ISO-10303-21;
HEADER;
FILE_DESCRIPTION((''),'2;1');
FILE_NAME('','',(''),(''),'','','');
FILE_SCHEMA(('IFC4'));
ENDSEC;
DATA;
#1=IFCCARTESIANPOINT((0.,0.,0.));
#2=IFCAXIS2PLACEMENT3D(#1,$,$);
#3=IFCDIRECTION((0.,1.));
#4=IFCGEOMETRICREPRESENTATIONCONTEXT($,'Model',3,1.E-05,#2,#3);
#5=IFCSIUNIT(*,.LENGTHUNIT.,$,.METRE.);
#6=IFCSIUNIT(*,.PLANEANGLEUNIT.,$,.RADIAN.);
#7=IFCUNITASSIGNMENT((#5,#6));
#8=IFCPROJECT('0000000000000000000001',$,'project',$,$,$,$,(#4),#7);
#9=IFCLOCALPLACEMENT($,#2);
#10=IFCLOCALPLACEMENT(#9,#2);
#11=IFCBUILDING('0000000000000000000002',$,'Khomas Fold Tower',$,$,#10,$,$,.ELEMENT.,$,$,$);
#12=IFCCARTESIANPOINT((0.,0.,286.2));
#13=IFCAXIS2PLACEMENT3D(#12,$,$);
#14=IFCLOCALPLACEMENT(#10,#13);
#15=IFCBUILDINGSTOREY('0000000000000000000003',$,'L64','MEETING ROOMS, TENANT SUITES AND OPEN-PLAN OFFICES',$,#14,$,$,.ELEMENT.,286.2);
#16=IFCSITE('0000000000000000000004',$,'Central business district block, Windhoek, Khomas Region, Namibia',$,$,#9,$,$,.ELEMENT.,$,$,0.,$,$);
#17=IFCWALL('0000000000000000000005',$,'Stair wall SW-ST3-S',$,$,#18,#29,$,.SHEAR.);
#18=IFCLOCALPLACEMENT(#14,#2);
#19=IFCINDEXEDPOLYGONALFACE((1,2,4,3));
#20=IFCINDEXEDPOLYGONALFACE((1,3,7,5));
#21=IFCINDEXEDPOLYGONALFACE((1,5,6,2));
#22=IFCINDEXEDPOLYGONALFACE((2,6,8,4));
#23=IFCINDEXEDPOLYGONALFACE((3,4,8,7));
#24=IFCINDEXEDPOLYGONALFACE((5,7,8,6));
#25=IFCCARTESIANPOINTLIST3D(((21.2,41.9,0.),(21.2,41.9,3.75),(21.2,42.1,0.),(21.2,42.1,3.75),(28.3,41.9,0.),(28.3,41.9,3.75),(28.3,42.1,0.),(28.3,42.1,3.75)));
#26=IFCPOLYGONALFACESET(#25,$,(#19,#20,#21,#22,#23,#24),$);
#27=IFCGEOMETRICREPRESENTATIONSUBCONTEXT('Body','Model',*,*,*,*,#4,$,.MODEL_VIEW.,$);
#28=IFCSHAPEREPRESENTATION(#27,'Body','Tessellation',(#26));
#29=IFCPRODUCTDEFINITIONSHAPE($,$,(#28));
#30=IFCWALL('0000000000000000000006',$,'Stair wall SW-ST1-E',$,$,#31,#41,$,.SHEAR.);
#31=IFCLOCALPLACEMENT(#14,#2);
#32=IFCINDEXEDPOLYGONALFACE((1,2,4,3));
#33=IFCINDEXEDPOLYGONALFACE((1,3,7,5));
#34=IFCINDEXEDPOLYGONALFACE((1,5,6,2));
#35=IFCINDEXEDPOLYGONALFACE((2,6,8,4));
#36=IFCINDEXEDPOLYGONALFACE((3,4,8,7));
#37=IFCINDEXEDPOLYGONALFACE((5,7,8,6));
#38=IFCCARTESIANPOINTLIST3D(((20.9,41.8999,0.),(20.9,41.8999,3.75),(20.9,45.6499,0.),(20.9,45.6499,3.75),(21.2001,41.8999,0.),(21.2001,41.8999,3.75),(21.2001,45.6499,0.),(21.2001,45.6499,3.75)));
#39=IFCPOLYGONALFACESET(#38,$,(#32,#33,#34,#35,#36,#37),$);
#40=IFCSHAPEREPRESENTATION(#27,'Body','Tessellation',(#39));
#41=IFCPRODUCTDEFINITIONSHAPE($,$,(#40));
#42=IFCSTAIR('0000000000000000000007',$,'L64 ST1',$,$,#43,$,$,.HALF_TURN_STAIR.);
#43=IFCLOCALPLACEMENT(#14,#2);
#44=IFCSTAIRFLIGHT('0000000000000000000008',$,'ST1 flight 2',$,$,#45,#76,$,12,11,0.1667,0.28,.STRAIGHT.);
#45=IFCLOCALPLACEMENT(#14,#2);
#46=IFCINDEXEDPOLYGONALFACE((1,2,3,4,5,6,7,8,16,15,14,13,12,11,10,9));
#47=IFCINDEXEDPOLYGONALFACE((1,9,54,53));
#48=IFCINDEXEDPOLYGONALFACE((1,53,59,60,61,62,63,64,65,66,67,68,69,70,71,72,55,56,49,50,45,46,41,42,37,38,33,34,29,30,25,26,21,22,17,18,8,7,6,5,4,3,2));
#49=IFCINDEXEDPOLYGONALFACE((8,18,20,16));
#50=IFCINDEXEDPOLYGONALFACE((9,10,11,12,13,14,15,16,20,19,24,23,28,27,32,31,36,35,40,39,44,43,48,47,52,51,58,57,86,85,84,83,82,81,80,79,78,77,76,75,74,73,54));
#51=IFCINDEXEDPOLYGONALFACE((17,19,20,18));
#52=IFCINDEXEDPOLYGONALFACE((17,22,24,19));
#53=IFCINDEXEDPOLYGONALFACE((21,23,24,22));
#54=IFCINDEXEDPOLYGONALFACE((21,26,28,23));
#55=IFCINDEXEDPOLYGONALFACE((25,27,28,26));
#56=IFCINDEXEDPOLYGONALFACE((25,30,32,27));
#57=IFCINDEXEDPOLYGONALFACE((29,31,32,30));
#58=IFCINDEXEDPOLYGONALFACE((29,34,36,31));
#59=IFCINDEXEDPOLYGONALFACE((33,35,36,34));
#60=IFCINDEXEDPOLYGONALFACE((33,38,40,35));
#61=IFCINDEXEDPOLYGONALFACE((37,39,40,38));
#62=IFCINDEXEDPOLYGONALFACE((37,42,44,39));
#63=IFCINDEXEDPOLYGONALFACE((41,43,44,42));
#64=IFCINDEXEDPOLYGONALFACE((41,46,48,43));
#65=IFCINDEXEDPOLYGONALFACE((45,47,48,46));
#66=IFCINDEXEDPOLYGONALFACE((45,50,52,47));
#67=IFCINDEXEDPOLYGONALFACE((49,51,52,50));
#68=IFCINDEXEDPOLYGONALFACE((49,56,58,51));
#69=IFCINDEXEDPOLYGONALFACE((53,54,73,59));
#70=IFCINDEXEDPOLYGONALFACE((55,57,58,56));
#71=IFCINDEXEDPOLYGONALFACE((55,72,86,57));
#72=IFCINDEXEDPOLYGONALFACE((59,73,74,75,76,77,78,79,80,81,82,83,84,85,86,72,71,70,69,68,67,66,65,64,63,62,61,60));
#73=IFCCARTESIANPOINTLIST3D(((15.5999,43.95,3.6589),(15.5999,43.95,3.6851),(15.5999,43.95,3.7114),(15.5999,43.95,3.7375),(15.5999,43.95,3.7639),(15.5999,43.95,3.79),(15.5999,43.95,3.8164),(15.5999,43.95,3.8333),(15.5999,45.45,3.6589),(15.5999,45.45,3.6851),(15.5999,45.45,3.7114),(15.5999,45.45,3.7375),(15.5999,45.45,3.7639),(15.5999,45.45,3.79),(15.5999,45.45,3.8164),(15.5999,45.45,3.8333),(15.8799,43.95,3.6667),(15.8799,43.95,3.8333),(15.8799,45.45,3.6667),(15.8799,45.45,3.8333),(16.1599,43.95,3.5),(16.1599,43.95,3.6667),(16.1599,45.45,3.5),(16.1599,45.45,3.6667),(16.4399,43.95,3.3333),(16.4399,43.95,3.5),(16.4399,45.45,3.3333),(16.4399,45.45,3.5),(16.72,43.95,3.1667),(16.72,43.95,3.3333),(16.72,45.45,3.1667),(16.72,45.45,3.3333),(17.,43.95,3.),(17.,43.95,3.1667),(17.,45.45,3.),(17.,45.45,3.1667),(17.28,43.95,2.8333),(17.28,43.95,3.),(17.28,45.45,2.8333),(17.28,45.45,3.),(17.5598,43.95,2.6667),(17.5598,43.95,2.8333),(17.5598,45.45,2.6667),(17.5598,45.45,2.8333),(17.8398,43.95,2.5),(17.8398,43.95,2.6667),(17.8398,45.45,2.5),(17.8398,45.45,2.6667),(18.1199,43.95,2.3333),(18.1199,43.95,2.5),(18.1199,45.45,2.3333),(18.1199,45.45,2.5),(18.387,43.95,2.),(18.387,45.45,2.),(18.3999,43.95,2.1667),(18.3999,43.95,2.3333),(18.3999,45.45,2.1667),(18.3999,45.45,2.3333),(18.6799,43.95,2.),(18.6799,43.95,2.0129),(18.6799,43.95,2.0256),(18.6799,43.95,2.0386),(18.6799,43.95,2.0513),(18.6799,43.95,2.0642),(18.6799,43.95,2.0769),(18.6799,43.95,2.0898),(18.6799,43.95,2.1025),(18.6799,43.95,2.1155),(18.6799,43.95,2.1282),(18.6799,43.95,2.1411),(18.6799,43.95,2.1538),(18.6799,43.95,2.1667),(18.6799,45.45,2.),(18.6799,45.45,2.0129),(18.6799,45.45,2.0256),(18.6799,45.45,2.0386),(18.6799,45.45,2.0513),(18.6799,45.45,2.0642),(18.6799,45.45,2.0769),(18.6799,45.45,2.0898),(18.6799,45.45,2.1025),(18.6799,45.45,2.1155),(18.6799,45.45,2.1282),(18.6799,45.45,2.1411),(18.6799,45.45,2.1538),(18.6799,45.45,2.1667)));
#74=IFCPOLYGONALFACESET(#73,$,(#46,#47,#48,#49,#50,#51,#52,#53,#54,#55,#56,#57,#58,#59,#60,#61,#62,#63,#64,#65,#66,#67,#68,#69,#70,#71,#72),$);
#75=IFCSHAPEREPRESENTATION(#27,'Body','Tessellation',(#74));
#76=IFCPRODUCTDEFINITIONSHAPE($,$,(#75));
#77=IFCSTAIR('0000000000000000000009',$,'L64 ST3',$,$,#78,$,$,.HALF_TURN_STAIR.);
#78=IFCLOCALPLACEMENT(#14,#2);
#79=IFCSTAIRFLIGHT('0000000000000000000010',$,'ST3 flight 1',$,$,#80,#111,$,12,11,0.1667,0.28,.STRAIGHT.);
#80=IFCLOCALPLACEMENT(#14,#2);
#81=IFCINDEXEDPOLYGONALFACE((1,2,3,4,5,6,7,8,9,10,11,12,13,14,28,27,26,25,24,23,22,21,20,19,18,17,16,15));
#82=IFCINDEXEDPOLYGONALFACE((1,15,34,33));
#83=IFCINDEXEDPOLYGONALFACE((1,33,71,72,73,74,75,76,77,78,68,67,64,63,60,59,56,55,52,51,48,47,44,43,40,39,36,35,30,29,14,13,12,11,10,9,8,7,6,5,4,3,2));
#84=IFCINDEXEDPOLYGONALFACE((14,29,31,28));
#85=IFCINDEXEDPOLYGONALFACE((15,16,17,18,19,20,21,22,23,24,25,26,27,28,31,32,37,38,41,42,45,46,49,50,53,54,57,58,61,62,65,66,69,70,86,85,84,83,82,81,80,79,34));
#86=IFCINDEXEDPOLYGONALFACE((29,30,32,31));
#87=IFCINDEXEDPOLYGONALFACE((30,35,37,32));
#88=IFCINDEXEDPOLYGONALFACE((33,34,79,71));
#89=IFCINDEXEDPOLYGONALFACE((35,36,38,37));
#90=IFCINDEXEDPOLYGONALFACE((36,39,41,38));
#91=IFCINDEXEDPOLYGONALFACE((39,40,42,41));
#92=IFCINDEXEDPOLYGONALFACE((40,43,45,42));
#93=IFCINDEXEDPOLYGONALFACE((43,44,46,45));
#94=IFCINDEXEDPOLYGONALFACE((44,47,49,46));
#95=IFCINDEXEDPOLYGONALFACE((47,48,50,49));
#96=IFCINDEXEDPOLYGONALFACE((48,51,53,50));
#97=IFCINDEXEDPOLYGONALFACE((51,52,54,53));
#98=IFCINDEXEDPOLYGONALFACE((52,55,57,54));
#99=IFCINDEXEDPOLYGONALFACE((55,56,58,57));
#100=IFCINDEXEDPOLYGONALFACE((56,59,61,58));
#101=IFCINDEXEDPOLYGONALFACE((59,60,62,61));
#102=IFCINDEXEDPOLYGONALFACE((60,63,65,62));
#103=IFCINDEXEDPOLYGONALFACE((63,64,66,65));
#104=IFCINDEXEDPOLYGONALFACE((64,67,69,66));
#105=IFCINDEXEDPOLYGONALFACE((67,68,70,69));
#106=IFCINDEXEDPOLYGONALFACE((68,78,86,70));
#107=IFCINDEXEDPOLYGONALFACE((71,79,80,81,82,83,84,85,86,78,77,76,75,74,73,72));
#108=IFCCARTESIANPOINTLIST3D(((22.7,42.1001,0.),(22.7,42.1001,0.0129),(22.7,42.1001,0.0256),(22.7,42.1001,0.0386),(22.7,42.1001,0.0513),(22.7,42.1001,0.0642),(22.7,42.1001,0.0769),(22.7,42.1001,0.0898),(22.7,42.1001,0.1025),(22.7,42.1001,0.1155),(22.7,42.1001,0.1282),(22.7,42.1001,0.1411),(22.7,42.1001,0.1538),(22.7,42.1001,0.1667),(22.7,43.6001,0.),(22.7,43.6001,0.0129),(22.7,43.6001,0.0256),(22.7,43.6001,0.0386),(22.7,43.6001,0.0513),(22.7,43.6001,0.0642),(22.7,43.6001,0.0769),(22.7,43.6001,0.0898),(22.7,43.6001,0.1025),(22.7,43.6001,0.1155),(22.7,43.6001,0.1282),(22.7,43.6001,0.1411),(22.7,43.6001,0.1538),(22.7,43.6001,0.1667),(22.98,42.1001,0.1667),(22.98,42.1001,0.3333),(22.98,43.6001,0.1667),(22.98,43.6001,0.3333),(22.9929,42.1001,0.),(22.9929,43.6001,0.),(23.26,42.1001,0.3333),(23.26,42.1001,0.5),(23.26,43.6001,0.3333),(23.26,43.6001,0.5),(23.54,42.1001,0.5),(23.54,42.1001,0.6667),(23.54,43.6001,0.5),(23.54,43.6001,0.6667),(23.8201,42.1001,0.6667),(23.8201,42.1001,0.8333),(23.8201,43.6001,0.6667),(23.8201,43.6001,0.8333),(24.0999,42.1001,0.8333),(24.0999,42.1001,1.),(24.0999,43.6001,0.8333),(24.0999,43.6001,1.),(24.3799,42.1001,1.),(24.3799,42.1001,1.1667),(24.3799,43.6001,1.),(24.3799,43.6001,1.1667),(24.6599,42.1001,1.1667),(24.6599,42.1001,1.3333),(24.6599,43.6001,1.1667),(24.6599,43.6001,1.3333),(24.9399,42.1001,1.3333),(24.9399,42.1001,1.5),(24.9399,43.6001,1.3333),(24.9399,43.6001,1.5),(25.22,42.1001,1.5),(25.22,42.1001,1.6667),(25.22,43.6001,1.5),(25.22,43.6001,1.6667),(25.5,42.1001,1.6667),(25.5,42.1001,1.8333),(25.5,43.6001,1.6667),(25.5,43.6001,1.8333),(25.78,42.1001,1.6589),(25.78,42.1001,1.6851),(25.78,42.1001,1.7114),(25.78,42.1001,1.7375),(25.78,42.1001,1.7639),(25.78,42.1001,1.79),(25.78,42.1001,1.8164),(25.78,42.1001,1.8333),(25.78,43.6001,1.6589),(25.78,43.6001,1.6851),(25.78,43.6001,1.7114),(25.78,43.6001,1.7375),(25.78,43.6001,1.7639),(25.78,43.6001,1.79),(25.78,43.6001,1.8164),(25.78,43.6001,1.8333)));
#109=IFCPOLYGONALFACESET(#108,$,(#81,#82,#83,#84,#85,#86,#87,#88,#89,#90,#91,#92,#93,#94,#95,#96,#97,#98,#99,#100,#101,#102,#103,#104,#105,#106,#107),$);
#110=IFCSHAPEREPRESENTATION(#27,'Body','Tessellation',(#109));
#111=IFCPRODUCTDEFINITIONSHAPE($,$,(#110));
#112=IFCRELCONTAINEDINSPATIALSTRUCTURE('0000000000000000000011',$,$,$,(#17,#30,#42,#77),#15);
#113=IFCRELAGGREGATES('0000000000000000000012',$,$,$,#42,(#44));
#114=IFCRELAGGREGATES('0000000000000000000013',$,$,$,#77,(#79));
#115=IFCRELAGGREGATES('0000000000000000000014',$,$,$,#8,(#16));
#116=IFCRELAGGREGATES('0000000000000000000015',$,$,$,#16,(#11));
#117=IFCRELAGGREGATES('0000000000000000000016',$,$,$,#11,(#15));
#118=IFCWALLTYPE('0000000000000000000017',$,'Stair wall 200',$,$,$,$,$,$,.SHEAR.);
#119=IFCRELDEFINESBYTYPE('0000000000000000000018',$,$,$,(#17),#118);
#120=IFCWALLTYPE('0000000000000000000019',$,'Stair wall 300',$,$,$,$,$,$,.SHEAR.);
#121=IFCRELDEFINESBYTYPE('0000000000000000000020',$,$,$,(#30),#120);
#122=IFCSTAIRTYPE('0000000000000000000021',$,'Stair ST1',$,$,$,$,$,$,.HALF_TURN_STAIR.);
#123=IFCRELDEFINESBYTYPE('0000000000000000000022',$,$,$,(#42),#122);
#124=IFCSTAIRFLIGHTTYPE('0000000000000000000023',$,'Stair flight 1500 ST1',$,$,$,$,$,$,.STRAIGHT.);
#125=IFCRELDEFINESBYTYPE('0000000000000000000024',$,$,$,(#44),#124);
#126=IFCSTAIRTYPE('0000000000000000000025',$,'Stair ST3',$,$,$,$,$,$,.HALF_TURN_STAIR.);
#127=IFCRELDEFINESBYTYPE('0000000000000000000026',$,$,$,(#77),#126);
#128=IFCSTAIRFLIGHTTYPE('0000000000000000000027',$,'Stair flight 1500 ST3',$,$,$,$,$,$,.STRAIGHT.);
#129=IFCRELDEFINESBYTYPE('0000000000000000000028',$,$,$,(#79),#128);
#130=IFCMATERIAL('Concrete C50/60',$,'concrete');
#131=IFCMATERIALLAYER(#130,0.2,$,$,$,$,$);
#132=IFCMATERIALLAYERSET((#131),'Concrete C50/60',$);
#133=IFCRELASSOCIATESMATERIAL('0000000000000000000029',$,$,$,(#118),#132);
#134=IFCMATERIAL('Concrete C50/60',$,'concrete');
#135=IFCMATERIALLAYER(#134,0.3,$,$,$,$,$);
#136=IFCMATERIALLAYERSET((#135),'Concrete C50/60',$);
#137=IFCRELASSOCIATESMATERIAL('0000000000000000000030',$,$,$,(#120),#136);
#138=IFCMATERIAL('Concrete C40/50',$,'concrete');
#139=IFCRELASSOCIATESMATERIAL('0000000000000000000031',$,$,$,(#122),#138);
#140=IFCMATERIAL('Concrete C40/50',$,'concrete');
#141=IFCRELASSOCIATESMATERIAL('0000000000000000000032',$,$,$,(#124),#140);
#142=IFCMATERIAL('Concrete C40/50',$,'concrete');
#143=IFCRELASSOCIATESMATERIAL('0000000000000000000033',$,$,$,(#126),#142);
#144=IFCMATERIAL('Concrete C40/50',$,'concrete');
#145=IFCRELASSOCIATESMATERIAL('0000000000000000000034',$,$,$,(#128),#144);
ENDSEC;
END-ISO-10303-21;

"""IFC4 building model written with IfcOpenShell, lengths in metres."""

from ifc_helpers import new_model, si_unit, direction, frame, frame_2d, origin, place, context, subcontext, project, spatial, polyline, rectangle, outline, extrude, source, transform, mapped, material, layer, layer_set, type_object, element, aggregate, save


model = new_model("IFC4")

# Units and contexts
model_context = context("Model", 3, precision=1e-05, world=origin(), true_north=direction((0.0, 1.0)))
body_context = subcontext(model_context, "Body", "Model", "MODEL_VIEW")
ifc_project = project(units=[si_unit("LENGTHUNIT", "METRE"), si_unit("PLANEANGLEUNIT", "RADIAN")], contexts=[model_context])

# Site, building, storey
site_placement = place(None, origin())
site = spatial("IfcSite", under=ifc_project, at=site_placement, Name="Central business district block, Windhoek, Khomas Region, Namibia", CompositionType="ELEMENT", RefElevation=0.0)
building_placement = place(site_placement, origin())
building = spatial("IfcBuilding", under=site, at=building_placement, Name="Khomas Fold Tower", CompositionType="ELEMENT")
storey_placement = place(building_placement, frame((0.0, 0.0, 286.2)))
storey = spatial("IfcBuildingStorey", under=building, at=storey_placement, Name="L64", Description="MEETING ROOMS, TENANT SUITES AND OPEN-PLAN OFFICES", CompositionType="ELEMENT", Elevation=286.2)

# Shared definitions
ifc_material_1 = material(Name="Concrete C50/60", Category="concrete")
ifc_layer_1 = layer(ifc_material_1, 0.2)
ifc_layer_set_1 = layer_set([ifc_layer_1], Name="Concrete C50/60")
wall_type_1 = type_object("IfcWallType", Name="Stair wall 200", PredefinedType="SHEAR", material=ifc_layer_set_1)
shared_shape_1 = source(origin(), body_context, "Body", "SweptSolid", [
    extrude(rectangle(XDim=7.1001, YDim=0.2, at=frame_2d((3.55, 0.0))), origin(), (0.0, 0.0, 1.0), 3.75),
])

# Walls
wall_1_placement = place(storey_placement, frame((21.2, 42.0, 0.0), z_axis=(0.0, 0.0, 1.0), x_axis=(1.0, 0.0, 0.0)))
element("IfcWall", 1, at=wall_1_placement, inside=storey, type_object=wall_type_1, Name="Stair wall SW-ST3-S", PredefinedType="SHEAR", context=body_context, shape_type="MappedRepresentation", body=[
    mapped(shared_shape_1, transform((0.0, 0.0, 0.0))),
])
ifc_material_2 = material(Name="Concrete C50/60", Category="concrete")
ifc_layer_2 = layer(ifc_material_2, 0.3)
ifc_layer_set_2 = layer_set([ifc_layer_2], Name="Concrete C50/60")
wall_type_2 = type_object("IfcWallType", Name="Stair wall 300", PredefinedType="SHEAR", material=ifc_layer_set_2)
shared_shape_2 = source(origin(), body_context, "Body", "SweptSolid", [
    extrude(rectangle(XDim=3.75, YDim=0.3, at=frame_2d((1.875, 0.0))), origin(), (0.0, 0.0, 1.0), 3.75),
])
wall_2_placement = place(storey_placement, frame((21.05, 41.8999, 0.0), z_axis=(0.0, 0.0, 1.0), x_axis=(0.0, 1.0, 0.0)))
element("IfcWall", 2, at=wall_2_placement, inside=storey, type_object=wall_type_2, Name="Stair wall SW-ST1-E", PredefinedType="SHEAR", context=body_context, shape_type="MappedRepresentation", body=[
    mapped(shared_shape_2, transform((0.0, 0.0, 0.0))),
])

# Stairs, stair flights
ifc_material_3 = material(Name="Concrete C40/50", Category="concrete")
stair_type_1 = type_object("IfcStairType", Name="Stair ST1", PredefinedType="HALF_TURN_STAIR", material=ifc_material_3)
stair_1_placement = place(storey_placement, origin())
stair_1 = element("IfcStair", 3, at=stair_1_placement, inside=storey, type_object=stair_type_1, Name="L64 ST1", PredefinedType="HALF_TURN_STAIR")
ifc_material_4 = material(Name="Concrete C40/50", Category="concrete")
stair_flight_type_1 = type_object("IfcStairFlightType", Name="Stair flight 1500 ST1", PredefinedType="STRAIGHT", material=ifc_material_4)
shared_shape_3 = source(origin(), body_context, "Body", "SweptSolid", [
    extrude(outline(polyline([(0.0, 0.0), (0.0, 0.0129), (0.0, 0.0256), (0.0, 0.0386), (0.0, 0.0513), (0.0, 0.0642), (0.0, 0.0769), (0.0, 0.0898), (0.0, 0.1025), (0.0, 0.1155), (0.0, 0.1282), (0.0, 0.1411), (0.0, 0.1538), (0.0, 0.1667), (0.28, 0.1667), (0.28, 0.3333), (0.5601, 0.3333), (0.5601, 0.5), (0.8401, 0.5), (0.8401, 0.6667), (1.1201, 0.6667), (1.1201, 0.8333), (1.3999, 0.8333), (1.3999, 1.0), (1.6799, 1.0), (1.6799, 1.1667), (1.96, 1.1667), (1.96, 1.3333), (2.24, 1.3333), (2.24, 1.5), (2.52, 1.5), (2.52, 1.6667), (2.8, 1.6667), (2.8, 1.8333), (3.0801, 1.8333), (3.0801, 2.0), (3.0801, 1.9739), (3.0801, 1.9475), (3.0801, 1.9214), (3.0801, 1.895), (3.0801, 1.8689), (3.0801, 1.8425), (3.0801, 1.8164), (3.0801, 1.79), (3.0801, 1.7639), (3.0801, 1.7375), (3.0801, 1.7114), (3.0801, 1.6851), (3.0801, 1.6589), (0.293, 0.0), (0.0, 0.0)])), frame((0.0, 0.75, 0.0), z_axis=(0.0, -1.0, 0.0), x_axis=(1.0, 0.0, 0.0)), (0.0, 0.0, 1.0), 1.5),
])
stair_flight_1_placement = place(storey_placement, frame((18.6799, 44.7, 2.0), z_axis=(0.0, 0.0, 1.0), x_axis=(-1.0, 0.0, 0.0)))
stair_flight_1 = element("IfcStairFlight", 4, at=stair_flight_1_placement, type_object=stair_flight_type_1, Name="ST1 flight 2", NumberOfRisers=12, NumberOfTreads=11, PredefinedType="STRAIGHT", RiserHeight=0.1667, TreadLength=0.28, context=body_context, shape_type="MappedRepresentation", body=[
    mapped(shared_shape_3, transform((0.0, 0.0, 0.0))),
])
aggregate(stair_1, [stair_flight_1])
ifc_material_5 = material(Name="Concrete C40/50", Category="concrete")
stair_type_2 = type_object("IfcStairType", Name="Stair ST3", PredefinedType="HALF_TURN_STAIR", material=ifc_material_5)
stair_2_placement = place(storey_placement, origin())
stair_2 = element("IfcStair", 5, at=stair_2_placement, inside=storey, type_object=stair_type_2, Name="L64 ST3", PredefinedType="HALF_TURN_STAIR")
ifc_material_6 = material(Name="Concrete C40/50", Category="concrete")
stair_flight_type_2 = type_object("IfcStairFlightType", Name="Stair flight 1500 ST3", PredefinedType="STRAIGHT", material=ifc_material_6)
stair_flight_2_placement = place(storey_placement, frame((22.7, 42.8501, 0.0), z_axis=(0.0, 0.0, 1.0), x_axis=(1.0, 0.0, 0.0)))
stair_flight_2 = element("IfcStairFlight", 6, at=stair_flight_2_placement, type_object=stair_flight_type_2, Name="ST3 flight 1", NumberOfRisers=12, NumberOfTreads=11, PredefinedType="STRAIGHT", RiserHeight=0.1667, TreadLength=0.28, context=body_context, shape_type="MappedRepresentation", body=[
    mapped(shared_shape_3, transform((0.0, 0.0, 0.0))),
])
aggregate(stair_2, [stair_flight_2])

save(model, "model.ifc")
